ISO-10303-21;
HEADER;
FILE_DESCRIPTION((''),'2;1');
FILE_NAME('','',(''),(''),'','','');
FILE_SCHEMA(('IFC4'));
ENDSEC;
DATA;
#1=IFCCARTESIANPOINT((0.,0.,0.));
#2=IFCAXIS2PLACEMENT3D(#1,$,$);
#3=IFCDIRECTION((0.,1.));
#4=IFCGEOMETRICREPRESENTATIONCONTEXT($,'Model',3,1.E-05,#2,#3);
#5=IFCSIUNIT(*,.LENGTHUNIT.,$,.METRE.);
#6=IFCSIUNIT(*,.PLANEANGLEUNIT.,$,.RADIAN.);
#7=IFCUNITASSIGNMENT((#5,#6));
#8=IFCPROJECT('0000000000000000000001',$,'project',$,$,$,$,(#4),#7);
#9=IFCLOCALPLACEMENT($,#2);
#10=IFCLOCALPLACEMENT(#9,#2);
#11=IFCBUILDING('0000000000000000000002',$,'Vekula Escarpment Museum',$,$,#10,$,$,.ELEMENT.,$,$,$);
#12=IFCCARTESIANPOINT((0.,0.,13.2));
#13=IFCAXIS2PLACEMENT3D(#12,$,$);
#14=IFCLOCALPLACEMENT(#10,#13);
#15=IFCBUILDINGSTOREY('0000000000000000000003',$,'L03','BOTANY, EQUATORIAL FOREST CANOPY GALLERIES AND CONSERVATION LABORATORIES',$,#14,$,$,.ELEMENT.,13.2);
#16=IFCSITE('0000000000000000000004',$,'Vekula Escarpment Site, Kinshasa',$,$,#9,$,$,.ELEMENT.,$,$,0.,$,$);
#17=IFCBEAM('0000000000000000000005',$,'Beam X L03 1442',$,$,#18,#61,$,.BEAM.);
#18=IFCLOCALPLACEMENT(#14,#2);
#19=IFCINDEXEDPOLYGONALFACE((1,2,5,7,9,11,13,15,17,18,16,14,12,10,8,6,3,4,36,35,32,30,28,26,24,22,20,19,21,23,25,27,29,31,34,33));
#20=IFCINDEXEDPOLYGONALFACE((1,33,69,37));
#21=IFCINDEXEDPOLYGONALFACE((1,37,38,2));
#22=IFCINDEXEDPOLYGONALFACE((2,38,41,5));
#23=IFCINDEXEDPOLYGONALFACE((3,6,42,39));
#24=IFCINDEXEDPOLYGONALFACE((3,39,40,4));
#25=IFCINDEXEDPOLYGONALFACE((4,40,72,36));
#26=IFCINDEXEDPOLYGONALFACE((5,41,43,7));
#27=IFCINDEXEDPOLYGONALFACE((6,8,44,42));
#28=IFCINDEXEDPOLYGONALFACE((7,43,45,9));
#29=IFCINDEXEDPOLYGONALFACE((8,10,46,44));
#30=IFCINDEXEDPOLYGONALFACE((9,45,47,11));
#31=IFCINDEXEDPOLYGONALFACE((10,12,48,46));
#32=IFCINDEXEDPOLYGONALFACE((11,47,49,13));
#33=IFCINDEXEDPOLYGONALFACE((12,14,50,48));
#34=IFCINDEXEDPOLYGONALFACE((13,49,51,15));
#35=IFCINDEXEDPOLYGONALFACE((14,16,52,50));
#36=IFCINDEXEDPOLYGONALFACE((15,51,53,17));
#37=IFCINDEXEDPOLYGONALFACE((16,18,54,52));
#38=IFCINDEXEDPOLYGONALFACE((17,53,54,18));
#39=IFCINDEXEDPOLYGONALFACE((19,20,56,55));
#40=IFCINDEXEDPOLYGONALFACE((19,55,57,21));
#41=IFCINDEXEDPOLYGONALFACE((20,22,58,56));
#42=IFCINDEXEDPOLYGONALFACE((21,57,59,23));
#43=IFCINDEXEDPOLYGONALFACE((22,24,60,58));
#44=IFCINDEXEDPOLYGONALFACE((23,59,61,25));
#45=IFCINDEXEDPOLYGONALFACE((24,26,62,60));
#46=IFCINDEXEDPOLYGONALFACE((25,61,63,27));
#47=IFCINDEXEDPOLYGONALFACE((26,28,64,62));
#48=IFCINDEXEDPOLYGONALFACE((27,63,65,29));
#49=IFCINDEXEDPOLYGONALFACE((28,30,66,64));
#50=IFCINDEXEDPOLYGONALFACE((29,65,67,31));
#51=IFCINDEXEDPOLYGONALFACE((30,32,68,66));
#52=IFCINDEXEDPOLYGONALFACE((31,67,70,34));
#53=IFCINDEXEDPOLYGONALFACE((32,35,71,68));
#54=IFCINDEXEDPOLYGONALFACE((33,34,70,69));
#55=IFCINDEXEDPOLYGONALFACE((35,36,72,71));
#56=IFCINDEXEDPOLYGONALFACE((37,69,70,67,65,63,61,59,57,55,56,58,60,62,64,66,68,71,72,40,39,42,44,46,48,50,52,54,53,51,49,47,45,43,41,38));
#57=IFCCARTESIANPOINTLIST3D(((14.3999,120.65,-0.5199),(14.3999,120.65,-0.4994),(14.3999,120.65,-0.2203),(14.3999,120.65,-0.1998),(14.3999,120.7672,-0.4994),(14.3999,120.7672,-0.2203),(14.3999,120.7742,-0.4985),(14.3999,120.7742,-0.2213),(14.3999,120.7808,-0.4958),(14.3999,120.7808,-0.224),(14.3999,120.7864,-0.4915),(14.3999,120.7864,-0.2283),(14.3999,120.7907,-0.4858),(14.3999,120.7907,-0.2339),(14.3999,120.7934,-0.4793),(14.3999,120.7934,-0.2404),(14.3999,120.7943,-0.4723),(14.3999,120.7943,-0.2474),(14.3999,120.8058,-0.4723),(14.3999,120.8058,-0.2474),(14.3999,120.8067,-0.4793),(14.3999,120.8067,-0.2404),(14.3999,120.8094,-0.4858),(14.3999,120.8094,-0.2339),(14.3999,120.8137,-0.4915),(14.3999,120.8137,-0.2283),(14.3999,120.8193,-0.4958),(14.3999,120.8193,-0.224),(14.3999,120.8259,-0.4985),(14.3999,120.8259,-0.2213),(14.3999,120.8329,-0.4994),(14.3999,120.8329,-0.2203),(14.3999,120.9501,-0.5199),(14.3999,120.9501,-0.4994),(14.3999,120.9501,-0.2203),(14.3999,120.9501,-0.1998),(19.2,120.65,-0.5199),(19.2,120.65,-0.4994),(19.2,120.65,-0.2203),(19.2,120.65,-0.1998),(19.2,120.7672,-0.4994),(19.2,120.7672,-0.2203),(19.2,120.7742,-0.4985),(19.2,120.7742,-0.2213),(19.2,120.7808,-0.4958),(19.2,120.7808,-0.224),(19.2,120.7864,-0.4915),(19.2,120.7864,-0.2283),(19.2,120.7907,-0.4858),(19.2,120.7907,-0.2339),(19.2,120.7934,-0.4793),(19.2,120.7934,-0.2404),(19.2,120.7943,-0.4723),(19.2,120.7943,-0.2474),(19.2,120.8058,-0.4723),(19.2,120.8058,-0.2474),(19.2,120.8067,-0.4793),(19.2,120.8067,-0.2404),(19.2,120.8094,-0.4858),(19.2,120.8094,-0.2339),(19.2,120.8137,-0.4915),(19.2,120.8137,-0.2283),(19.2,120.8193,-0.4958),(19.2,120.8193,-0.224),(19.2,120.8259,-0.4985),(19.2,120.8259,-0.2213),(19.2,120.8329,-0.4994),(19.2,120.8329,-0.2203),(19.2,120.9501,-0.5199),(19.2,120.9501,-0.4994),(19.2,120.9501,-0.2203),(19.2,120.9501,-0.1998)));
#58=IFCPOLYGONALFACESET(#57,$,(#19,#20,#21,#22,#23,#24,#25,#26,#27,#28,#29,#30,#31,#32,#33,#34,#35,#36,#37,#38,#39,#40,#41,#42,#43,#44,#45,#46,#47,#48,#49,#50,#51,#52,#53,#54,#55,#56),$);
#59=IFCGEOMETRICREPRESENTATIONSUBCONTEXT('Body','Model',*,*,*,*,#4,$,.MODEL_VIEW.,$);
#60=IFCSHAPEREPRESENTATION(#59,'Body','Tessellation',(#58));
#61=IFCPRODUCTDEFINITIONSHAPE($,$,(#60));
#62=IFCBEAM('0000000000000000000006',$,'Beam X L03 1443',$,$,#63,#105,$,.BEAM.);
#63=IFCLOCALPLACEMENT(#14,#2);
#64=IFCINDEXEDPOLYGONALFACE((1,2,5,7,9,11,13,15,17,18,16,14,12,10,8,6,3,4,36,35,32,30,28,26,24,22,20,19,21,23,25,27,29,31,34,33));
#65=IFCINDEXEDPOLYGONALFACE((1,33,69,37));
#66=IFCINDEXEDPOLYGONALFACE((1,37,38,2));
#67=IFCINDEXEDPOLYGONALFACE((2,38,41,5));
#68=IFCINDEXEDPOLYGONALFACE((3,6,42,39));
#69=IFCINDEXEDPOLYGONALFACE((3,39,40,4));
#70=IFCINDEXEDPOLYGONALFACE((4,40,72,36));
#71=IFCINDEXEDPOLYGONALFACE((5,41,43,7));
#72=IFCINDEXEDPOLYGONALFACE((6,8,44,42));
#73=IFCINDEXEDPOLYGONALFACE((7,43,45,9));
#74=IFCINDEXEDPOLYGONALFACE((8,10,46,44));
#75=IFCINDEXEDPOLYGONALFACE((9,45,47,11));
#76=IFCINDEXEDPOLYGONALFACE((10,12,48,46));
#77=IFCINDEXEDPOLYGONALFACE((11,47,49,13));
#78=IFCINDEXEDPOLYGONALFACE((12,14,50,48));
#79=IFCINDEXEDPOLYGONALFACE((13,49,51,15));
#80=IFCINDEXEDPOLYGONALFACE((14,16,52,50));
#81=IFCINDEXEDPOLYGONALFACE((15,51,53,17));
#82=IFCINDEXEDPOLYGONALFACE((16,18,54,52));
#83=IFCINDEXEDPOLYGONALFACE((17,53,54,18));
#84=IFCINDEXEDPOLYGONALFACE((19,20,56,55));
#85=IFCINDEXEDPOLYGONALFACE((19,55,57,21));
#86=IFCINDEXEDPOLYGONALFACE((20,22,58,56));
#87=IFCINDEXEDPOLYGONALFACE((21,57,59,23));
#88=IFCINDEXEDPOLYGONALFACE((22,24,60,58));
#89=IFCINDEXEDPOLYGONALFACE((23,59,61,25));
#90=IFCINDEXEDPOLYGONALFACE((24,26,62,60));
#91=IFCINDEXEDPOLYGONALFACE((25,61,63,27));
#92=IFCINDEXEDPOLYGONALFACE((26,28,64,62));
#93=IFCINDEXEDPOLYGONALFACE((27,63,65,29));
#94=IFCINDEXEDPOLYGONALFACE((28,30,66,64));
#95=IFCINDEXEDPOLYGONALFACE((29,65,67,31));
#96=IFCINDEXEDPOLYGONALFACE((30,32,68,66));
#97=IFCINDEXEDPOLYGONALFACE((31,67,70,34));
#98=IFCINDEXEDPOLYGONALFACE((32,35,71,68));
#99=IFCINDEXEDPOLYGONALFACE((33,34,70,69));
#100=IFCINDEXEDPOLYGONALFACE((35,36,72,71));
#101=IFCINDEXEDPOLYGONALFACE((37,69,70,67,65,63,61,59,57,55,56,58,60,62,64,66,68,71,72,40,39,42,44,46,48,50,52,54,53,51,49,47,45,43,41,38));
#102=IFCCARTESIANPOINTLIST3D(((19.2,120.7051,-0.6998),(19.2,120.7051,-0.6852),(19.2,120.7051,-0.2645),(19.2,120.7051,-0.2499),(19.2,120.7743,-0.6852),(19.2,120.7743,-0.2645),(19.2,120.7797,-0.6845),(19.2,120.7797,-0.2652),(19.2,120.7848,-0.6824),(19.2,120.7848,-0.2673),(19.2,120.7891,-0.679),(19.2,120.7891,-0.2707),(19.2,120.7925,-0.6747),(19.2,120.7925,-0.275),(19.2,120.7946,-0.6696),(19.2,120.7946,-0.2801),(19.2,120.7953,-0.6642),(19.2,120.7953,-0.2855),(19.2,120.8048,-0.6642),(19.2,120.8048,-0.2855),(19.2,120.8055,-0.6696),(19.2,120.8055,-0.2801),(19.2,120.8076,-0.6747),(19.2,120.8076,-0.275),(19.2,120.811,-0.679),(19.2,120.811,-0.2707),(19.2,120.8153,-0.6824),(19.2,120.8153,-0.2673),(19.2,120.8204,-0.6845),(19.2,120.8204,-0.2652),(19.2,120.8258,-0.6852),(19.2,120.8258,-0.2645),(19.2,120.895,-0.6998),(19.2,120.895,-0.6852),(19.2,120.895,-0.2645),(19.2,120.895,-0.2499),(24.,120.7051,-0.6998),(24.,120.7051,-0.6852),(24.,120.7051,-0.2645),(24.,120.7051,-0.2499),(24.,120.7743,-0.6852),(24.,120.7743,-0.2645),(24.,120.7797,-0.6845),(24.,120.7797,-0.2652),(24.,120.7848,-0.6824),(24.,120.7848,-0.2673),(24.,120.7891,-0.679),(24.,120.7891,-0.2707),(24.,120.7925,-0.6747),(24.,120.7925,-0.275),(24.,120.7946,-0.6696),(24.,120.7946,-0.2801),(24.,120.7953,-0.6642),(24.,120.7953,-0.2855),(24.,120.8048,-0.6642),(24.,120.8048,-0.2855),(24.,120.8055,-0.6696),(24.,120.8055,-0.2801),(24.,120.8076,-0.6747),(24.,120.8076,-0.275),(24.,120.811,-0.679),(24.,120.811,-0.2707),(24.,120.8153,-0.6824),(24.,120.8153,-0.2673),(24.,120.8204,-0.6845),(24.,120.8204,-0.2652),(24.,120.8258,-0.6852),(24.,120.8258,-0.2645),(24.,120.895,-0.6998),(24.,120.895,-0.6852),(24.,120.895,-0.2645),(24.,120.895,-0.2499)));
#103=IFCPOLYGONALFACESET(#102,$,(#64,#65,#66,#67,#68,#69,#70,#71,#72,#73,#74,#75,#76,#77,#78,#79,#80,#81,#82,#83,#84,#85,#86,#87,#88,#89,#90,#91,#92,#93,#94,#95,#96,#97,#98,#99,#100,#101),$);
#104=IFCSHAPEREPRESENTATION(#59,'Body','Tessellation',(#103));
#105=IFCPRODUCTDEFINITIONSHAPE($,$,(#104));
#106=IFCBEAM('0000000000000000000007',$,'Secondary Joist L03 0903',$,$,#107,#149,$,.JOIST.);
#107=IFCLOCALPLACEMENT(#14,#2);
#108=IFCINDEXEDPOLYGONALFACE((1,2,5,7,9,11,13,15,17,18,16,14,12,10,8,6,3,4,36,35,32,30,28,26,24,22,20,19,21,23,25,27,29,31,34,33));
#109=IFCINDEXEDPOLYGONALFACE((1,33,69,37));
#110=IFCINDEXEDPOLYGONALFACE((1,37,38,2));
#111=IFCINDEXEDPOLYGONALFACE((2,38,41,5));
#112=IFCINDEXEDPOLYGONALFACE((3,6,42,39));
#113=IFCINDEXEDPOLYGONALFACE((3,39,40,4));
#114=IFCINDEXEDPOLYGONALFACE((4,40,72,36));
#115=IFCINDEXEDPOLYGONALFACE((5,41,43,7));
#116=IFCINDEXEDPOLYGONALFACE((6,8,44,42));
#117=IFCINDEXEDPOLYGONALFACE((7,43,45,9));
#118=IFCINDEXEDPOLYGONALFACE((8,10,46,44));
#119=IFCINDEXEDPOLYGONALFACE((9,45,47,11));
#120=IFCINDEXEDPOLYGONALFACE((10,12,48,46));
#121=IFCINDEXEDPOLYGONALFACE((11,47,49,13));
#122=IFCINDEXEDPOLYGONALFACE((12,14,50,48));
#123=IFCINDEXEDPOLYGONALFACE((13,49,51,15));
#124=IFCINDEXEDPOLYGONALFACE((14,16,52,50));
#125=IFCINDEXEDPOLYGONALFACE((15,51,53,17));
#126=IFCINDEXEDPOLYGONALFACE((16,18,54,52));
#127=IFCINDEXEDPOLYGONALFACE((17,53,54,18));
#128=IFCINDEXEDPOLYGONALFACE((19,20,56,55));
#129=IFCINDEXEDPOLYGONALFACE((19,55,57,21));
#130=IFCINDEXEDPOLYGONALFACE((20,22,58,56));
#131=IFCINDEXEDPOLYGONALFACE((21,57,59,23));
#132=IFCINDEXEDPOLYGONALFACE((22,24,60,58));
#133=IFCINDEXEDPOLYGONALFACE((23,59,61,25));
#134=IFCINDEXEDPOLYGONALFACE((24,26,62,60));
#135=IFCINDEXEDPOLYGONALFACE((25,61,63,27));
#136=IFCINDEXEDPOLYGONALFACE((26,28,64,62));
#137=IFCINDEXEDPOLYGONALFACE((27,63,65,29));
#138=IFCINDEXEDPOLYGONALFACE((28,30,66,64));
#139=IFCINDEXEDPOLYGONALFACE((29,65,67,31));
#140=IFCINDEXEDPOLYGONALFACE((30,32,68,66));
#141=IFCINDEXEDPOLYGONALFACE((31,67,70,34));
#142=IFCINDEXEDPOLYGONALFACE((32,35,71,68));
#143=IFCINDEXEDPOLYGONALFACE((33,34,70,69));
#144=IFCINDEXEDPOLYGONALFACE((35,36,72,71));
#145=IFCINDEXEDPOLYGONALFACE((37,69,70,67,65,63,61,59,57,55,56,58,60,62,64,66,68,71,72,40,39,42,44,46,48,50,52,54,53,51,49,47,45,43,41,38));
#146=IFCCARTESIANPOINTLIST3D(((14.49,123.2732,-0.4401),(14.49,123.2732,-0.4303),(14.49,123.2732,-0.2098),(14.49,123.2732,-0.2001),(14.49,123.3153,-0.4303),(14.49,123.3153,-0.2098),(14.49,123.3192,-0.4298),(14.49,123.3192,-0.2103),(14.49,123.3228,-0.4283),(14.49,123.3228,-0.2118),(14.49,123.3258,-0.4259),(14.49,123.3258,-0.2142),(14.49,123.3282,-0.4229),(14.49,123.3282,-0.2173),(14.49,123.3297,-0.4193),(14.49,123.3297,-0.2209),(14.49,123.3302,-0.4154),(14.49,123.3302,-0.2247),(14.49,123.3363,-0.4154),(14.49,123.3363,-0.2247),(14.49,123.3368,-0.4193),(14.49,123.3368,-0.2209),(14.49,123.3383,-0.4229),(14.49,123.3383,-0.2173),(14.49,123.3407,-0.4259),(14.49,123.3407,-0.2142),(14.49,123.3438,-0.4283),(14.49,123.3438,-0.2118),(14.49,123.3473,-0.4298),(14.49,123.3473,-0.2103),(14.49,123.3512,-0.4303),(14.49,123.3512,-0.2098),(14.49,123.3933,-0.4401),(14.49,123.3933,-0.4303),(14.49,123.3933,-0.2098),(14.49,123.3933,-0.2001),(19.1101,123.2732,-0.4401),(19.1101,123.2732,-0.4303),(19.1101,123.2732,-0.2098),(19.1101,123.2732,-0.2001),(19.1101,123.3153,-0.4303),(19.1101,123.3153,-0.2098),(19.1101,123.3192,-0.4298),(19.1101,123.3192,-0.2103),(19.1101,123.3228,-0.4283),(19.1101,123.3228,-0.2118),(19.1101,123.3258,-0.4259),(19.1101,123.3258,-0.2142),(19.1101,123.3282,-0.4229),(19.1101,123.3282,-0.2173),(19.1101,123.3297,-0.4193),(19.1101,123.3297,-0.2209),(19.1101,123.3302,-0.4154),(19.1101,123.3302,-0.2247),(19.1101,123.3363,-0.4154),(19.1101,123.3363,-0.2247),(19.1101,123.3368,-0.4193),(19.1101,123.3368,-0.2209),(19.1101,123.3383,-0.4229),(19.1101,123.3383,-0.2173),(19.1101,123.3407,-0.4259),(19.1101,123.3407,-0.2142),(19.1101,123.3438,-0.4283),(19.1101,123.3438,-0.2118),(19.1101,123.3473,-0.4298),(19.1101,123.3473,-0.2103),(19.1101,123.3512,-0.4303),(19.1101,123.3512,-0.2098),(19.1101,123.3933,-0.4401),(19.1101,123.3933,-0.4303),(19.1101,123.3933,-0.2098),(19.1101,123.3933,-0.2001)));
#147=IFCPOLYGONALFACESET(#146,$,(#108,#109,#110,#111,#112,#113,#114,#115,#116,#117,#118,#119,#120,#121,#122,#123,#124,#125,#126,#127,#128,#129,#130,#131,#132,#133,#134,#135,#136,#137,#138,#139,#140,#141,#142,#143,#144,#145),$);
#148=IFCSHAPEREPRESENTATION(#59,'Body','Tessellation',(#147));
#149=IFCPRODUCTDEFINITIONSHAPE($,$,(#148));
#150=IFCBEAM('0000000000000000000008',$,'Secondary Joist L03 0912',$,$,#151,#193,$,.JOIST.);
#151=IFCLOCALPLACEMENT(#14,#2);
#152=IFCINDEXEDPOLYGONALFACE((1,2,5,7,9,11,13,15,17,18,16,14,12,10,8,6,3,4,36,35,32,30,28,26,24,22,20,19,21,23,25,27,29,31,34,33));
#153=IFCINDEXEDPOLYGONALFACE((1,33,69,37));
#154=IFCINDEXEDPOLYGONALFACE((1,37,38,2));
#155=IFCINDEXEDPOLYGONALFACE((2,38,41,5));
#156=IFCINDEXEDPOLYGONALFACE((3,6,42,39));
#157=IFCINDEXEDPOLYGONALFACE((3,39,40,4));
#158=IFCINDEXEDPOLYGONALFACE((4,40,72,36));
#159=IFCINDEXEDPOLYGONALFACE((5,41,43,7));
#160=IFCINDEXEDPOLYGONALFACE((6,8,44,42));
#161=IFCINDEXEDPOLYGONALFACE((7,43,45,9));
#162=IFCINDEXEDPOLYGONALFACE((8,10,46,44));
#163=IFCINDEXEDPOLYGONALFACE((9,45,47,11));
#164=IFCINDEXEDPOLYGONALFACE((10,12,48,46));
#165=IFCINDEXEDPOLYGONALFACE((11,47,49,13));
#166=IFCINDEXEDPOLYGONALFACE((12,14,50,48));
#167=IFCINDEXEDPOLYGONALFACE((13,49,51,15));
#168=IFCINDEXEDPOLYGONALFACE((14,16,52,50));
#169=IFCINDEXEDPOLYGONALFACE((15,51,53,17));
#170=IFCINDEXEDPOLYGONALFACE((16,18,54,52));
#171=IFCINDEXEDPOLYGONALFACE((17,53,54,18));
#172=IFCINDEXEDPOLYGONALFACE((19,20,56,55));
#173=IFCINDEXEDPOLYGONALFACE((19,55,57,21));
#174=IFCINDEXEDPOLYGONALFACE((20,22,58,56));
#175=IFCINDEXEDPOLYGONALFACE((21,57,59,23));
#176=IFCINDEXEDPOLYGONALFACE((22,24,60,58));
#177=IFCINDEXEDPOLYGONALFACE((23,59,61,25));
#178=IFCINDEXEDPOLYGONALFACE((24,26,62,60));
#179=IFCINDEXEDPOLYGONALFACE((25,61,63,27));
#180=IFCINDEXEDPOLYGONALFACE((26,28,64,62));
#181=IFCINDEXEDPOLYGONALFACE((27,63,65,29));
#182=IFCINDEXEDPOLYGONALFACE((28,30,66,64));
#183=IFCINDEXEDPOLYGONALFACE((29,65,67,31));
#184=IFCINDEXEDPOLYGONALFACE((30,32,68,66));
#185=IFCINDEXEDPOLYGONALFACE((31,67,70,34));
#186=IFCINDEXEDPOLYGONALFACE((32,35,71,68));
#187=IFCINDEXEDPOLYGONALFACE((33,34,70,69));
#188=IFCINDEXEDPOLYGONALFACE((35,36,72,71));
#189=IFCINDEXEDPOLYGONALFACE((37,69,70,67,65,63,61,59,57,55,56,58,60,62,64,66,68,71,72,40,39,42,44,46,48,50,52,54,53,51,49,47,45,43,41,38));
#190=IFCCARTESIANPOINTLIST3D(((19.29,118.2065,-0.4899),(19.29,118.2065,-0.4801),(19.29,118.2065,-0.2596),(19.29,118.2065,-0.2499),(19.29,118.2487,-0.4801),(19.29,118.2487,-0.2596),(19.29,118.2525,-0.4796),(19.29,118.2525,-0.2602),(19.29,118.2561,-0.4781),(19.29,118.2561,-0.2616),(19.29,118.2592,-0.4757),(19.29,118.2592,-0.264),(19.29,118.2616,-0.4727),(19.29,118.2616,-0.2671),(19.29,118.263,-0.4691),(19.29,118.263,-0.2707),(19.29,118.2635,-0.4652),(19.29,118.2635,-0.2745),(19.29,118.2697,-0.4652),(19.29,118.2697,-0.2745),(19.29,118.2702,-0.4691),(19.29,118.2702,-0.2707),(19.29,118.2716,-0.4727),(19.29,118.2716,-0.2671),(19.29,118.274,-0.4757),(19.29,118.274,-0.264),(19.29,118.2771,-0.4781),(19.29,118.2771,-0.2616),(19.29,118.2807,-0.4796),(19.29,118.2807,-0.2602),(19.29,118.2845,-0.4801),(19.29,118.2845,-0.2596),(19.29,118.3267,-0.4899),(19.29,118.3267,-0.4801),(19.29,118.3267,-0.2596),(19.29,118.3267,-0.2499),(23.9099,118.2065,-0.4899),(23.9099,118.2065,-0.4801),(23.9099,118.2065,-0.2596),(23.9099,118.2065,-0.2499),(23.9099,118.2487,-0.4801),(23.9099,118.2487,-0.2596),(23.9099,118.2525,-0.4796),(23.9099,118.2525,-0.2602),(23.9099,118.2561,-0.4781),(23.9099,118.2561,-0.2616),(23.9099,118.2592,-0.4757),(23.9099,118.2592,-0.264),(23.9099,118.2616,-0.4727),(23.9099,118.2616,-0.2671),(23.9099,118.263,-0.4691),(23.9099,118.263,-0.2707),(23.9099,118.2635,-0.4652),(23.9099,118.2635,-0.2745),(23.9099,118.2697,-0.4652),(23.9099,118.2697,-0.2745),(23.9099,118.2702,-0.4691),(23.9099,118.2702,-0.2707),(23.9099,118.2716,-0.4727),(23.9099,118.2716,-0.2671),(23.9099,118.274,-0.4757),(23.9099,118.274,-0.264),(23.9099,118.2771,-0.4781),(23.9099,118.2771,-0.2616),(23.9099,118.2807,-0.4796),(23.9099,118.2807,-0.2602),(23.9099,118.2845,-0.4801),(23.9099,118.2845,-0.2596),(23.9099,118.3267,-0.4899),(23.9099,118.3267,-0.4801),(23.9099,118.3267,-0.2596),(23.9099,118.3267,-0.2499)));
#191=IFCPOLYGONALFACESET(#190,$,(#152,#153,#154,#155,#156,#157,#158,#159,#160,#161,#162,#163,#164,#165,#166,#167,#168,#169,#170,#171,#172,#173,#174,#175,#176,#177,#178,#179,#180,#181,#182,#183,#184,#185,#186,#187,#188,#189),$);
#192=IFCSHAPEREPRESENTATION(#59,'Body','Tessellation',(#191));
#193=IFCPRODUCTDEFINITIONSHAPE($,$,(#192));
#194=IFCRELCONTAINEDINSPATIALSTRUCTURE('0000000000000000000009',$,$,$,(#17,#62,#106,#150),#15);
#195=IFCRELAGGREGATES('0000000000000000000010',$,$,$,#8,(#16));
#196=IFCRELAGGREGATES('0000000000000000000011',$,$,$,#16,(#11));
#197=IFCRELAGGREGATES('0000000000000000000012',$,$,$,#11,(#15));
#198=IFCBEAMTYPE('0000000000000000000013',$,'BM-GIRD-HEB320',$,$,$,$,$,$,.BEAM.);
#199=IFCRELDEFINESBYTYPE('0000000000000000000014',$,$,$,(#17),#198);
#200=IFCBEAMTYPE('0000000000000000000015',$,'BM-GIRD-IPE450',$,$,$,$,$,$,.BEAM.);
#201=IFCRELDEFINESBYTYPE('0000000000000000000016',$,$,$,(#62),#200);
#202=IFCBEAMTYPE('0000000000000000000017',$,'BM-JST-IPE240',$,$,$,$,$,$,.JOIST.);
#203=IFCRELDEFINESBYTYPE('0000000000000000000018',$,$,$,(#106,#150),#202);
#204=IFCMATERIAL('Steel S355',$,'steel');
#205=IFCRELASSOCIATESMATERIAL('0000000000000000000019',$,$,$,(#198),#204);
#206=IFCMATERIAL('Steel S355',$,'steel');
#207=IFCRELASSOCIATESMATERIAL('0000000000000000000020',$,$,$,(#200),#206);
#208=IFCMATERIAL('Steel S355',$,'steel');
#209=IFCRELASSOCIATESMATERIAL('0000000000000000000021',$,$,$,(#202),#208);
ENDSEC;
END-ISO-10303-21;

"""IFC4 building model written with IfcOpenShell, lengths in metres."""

from ifc_helpers import new_model, si_unit, direction, frame, origin, origin_2d, place, context, subcontext, project, spatial, i_section, extrude, material, material_profile, profile_set, type_object, element, save


model = new_model("IFC4")

# Units and contexts
model_context = context("Model", 3, precision=1e-05, world=origin(), true_north=direction((0.0, 1.0)))
body_context = subcontext(model_context, "Body", "Model", "MODEL_VIEW")
ifc_project = project(units=[si_unit("LENGTHUNIT", "METRE"), si_unit("PLANEANGLEUNIT", "RADIAN")], contexts=[model_context])

# Site, building, storey
site_placement = place(None, origin())
site = spatial("IfcSite", under=ifc_project, at=site_placement, Name="Vekula Escarpment Site, Kinshasa", CompositionType="ELEMENT", RefElevation=0.0)
building_placement = place(site_placement, origin())
building = spatial("IfcBuilding", under=site, at=building_placement, Name="Vekula Escarpment Museum", CompositionType="ELEMENT")
storey_placement = place(building_placement, frame((0.0, 0.0, 13.2)))
storey = spatial("IfcBuildingStorey", under=building, at=storey_placement, Name="L03", Description="BOTANY, EQUATORIAL FOREST CANOPY GALLERIES AND CONSERVATION LABORATORIES", CompositionType="ELEMENT", Elevation=13.2)

# Beams
ifc_material_1 = material(Name="Steel S355", Category="steel")
ifc_material_profile_1 = material_profile(ifc_material_1, i_section(OverallWidth=0.3, OverallDepth=0.3201, WebThickness=0.0115, FlangeThickness=0.0205, FilletRadius=0.0271, at=origin_2d()), Name="HEB 320")
ifc_profile_set_1 = profile_set([ifc_material_profile_1], Name="Steel S355")
beam_type_1 = type_object("IfcBeamType", Name="BM-GIRD-HEB320", PredefinedType="BEAM", material=ifc_profile_set_1)
beam_1_placement = place(storey_placement, frame((14.3999, 120.8, -0.3599), z_axis=(1.0, 0.0, 0.0), x_axis=(0.0, 1.0, 0.0)))
element("IfcBeam", 1, at=beam_1_placement, inside=storey, type_object=beam_type_1, Name="Beam X L03 1442", PredefinedType="BEAM", context=body_context, shape_type="SweptSolid", body=[
    extrude(i_section(OverallWidth=0.3, OverallDepth=0.3201, WebThickness=0.0115, FlangeThickness=0.0205, FilletRadius=0.0271, at=origin_2d()), origin(), (0.0, 0.0, 1.0), 4.8),
])
ifc_material_2 = material(Name="Steel S355", Category="steel")
ifc_material_profile_2 = material_profile(ifc_material_2, i_section(OverallWidth=0.1899, OverallDepth=0.45, WebThickness=0.0095, FlangeThickness=0.0146, FilletRadius=0.021, at=origin_2d()), Name="IPE 450")
ifc_profile_set_2 = profile_set([ifc_material_profile_2], Name="Steel S355")
beam_type_2 = type_object("IfcBeamType", Name="BM-GIRD-IPE450", PredefinedType="BEAM", material=ifc_profile_set_2)
beam_2_placement = place(storey_placement, frame((19.2, 120.8, -0.4749), z_axis=(1.0, 0.0, 0.0), x_axis=(0.0, 1.0, 0.0)))
element("IfcBeam", 2, at=beam_2_placement, inside=storey, type_object=beam_type_2, Name="Beam X L03 1443", PredefinedType="BEAM", context=body_context, shape_type="SweptSolid", body=[
    extrude(i_section(OverallWidth=0.1899, OverallDepth=0.45, WebThickness=0.0095, FlangeThickness=0.0146, FilletRadius=0.021, at=origin_2d()), origin(), (0.0, 0.0, 1.0), 4.8),
])
ifc_material_3 = material(Name="Steel S355", Category="steel")
ifc_material_profile_3 = material_profile(ifc_material_3, i_section(OverallWidth=0.1201, OverallDepth=0.24, WebThickness=0.0061, FlangeThickness=0.0098, FilletRadius=0.0149, at=origin_2d()), Name="IPE 240")
ifc_profile_set_3 = profile_set([ifc_material_profile_3], Name="Steel S355")
beam_type_3 = type_object("IfcBeamType", Name="BM-JST-IPE240", PredefinedType="JOIST", material=ifc_profile_set_3)
beam_3_placement = place(storey_placement, frame((14.49, 123.3333, -0.3201), z_axis=(1.0, 0.0, 0.0), x_axis=(0.0, 1.0, 0.0)))
element("IfcBeam", 3, at=beam_3_placement, inside=storey, type_object=beam_type_3, Name="Secondary Joist L03 0903", PredefinedType="JOIST", context=body_context, shape_type="SweptSolid", body=[
    extrude(i_section(OverallWidth=0.1201, OverallDepth=0.24, WebThickness=0.0061, FlangeThickness=0.0098, FilletRadius=0.0149, at=origin_2d()), origin(), (0.0, 0.0, 1.0), 4.6201),
])
beam_4_placement = place(storey_placement, frame((19.29, 118.2666, -0.3699), z_axis=(1.0, 0.0, 0.0), x_axis=(0.0, 1.0, 0.0)))
element("IfcBeam", 4, at=beam_4_placement, inside=storey, type_object=beam_type_3, Name="Secondary Joist L03 0912", PredefinedType="JOIST", context=body_context, shape_type="SweptSolid", body=[
    extrude(i_section(OverallWidth=0.1201, OverallDepth=0.24, WebThickness=0.0061, FlangeThickness=0.0098, FilletRadius=0.0149, at=origin_2d()), origin(), (0.0, 0.0, 1.0), 4.6199),
])

save(model, "model.ifc")
